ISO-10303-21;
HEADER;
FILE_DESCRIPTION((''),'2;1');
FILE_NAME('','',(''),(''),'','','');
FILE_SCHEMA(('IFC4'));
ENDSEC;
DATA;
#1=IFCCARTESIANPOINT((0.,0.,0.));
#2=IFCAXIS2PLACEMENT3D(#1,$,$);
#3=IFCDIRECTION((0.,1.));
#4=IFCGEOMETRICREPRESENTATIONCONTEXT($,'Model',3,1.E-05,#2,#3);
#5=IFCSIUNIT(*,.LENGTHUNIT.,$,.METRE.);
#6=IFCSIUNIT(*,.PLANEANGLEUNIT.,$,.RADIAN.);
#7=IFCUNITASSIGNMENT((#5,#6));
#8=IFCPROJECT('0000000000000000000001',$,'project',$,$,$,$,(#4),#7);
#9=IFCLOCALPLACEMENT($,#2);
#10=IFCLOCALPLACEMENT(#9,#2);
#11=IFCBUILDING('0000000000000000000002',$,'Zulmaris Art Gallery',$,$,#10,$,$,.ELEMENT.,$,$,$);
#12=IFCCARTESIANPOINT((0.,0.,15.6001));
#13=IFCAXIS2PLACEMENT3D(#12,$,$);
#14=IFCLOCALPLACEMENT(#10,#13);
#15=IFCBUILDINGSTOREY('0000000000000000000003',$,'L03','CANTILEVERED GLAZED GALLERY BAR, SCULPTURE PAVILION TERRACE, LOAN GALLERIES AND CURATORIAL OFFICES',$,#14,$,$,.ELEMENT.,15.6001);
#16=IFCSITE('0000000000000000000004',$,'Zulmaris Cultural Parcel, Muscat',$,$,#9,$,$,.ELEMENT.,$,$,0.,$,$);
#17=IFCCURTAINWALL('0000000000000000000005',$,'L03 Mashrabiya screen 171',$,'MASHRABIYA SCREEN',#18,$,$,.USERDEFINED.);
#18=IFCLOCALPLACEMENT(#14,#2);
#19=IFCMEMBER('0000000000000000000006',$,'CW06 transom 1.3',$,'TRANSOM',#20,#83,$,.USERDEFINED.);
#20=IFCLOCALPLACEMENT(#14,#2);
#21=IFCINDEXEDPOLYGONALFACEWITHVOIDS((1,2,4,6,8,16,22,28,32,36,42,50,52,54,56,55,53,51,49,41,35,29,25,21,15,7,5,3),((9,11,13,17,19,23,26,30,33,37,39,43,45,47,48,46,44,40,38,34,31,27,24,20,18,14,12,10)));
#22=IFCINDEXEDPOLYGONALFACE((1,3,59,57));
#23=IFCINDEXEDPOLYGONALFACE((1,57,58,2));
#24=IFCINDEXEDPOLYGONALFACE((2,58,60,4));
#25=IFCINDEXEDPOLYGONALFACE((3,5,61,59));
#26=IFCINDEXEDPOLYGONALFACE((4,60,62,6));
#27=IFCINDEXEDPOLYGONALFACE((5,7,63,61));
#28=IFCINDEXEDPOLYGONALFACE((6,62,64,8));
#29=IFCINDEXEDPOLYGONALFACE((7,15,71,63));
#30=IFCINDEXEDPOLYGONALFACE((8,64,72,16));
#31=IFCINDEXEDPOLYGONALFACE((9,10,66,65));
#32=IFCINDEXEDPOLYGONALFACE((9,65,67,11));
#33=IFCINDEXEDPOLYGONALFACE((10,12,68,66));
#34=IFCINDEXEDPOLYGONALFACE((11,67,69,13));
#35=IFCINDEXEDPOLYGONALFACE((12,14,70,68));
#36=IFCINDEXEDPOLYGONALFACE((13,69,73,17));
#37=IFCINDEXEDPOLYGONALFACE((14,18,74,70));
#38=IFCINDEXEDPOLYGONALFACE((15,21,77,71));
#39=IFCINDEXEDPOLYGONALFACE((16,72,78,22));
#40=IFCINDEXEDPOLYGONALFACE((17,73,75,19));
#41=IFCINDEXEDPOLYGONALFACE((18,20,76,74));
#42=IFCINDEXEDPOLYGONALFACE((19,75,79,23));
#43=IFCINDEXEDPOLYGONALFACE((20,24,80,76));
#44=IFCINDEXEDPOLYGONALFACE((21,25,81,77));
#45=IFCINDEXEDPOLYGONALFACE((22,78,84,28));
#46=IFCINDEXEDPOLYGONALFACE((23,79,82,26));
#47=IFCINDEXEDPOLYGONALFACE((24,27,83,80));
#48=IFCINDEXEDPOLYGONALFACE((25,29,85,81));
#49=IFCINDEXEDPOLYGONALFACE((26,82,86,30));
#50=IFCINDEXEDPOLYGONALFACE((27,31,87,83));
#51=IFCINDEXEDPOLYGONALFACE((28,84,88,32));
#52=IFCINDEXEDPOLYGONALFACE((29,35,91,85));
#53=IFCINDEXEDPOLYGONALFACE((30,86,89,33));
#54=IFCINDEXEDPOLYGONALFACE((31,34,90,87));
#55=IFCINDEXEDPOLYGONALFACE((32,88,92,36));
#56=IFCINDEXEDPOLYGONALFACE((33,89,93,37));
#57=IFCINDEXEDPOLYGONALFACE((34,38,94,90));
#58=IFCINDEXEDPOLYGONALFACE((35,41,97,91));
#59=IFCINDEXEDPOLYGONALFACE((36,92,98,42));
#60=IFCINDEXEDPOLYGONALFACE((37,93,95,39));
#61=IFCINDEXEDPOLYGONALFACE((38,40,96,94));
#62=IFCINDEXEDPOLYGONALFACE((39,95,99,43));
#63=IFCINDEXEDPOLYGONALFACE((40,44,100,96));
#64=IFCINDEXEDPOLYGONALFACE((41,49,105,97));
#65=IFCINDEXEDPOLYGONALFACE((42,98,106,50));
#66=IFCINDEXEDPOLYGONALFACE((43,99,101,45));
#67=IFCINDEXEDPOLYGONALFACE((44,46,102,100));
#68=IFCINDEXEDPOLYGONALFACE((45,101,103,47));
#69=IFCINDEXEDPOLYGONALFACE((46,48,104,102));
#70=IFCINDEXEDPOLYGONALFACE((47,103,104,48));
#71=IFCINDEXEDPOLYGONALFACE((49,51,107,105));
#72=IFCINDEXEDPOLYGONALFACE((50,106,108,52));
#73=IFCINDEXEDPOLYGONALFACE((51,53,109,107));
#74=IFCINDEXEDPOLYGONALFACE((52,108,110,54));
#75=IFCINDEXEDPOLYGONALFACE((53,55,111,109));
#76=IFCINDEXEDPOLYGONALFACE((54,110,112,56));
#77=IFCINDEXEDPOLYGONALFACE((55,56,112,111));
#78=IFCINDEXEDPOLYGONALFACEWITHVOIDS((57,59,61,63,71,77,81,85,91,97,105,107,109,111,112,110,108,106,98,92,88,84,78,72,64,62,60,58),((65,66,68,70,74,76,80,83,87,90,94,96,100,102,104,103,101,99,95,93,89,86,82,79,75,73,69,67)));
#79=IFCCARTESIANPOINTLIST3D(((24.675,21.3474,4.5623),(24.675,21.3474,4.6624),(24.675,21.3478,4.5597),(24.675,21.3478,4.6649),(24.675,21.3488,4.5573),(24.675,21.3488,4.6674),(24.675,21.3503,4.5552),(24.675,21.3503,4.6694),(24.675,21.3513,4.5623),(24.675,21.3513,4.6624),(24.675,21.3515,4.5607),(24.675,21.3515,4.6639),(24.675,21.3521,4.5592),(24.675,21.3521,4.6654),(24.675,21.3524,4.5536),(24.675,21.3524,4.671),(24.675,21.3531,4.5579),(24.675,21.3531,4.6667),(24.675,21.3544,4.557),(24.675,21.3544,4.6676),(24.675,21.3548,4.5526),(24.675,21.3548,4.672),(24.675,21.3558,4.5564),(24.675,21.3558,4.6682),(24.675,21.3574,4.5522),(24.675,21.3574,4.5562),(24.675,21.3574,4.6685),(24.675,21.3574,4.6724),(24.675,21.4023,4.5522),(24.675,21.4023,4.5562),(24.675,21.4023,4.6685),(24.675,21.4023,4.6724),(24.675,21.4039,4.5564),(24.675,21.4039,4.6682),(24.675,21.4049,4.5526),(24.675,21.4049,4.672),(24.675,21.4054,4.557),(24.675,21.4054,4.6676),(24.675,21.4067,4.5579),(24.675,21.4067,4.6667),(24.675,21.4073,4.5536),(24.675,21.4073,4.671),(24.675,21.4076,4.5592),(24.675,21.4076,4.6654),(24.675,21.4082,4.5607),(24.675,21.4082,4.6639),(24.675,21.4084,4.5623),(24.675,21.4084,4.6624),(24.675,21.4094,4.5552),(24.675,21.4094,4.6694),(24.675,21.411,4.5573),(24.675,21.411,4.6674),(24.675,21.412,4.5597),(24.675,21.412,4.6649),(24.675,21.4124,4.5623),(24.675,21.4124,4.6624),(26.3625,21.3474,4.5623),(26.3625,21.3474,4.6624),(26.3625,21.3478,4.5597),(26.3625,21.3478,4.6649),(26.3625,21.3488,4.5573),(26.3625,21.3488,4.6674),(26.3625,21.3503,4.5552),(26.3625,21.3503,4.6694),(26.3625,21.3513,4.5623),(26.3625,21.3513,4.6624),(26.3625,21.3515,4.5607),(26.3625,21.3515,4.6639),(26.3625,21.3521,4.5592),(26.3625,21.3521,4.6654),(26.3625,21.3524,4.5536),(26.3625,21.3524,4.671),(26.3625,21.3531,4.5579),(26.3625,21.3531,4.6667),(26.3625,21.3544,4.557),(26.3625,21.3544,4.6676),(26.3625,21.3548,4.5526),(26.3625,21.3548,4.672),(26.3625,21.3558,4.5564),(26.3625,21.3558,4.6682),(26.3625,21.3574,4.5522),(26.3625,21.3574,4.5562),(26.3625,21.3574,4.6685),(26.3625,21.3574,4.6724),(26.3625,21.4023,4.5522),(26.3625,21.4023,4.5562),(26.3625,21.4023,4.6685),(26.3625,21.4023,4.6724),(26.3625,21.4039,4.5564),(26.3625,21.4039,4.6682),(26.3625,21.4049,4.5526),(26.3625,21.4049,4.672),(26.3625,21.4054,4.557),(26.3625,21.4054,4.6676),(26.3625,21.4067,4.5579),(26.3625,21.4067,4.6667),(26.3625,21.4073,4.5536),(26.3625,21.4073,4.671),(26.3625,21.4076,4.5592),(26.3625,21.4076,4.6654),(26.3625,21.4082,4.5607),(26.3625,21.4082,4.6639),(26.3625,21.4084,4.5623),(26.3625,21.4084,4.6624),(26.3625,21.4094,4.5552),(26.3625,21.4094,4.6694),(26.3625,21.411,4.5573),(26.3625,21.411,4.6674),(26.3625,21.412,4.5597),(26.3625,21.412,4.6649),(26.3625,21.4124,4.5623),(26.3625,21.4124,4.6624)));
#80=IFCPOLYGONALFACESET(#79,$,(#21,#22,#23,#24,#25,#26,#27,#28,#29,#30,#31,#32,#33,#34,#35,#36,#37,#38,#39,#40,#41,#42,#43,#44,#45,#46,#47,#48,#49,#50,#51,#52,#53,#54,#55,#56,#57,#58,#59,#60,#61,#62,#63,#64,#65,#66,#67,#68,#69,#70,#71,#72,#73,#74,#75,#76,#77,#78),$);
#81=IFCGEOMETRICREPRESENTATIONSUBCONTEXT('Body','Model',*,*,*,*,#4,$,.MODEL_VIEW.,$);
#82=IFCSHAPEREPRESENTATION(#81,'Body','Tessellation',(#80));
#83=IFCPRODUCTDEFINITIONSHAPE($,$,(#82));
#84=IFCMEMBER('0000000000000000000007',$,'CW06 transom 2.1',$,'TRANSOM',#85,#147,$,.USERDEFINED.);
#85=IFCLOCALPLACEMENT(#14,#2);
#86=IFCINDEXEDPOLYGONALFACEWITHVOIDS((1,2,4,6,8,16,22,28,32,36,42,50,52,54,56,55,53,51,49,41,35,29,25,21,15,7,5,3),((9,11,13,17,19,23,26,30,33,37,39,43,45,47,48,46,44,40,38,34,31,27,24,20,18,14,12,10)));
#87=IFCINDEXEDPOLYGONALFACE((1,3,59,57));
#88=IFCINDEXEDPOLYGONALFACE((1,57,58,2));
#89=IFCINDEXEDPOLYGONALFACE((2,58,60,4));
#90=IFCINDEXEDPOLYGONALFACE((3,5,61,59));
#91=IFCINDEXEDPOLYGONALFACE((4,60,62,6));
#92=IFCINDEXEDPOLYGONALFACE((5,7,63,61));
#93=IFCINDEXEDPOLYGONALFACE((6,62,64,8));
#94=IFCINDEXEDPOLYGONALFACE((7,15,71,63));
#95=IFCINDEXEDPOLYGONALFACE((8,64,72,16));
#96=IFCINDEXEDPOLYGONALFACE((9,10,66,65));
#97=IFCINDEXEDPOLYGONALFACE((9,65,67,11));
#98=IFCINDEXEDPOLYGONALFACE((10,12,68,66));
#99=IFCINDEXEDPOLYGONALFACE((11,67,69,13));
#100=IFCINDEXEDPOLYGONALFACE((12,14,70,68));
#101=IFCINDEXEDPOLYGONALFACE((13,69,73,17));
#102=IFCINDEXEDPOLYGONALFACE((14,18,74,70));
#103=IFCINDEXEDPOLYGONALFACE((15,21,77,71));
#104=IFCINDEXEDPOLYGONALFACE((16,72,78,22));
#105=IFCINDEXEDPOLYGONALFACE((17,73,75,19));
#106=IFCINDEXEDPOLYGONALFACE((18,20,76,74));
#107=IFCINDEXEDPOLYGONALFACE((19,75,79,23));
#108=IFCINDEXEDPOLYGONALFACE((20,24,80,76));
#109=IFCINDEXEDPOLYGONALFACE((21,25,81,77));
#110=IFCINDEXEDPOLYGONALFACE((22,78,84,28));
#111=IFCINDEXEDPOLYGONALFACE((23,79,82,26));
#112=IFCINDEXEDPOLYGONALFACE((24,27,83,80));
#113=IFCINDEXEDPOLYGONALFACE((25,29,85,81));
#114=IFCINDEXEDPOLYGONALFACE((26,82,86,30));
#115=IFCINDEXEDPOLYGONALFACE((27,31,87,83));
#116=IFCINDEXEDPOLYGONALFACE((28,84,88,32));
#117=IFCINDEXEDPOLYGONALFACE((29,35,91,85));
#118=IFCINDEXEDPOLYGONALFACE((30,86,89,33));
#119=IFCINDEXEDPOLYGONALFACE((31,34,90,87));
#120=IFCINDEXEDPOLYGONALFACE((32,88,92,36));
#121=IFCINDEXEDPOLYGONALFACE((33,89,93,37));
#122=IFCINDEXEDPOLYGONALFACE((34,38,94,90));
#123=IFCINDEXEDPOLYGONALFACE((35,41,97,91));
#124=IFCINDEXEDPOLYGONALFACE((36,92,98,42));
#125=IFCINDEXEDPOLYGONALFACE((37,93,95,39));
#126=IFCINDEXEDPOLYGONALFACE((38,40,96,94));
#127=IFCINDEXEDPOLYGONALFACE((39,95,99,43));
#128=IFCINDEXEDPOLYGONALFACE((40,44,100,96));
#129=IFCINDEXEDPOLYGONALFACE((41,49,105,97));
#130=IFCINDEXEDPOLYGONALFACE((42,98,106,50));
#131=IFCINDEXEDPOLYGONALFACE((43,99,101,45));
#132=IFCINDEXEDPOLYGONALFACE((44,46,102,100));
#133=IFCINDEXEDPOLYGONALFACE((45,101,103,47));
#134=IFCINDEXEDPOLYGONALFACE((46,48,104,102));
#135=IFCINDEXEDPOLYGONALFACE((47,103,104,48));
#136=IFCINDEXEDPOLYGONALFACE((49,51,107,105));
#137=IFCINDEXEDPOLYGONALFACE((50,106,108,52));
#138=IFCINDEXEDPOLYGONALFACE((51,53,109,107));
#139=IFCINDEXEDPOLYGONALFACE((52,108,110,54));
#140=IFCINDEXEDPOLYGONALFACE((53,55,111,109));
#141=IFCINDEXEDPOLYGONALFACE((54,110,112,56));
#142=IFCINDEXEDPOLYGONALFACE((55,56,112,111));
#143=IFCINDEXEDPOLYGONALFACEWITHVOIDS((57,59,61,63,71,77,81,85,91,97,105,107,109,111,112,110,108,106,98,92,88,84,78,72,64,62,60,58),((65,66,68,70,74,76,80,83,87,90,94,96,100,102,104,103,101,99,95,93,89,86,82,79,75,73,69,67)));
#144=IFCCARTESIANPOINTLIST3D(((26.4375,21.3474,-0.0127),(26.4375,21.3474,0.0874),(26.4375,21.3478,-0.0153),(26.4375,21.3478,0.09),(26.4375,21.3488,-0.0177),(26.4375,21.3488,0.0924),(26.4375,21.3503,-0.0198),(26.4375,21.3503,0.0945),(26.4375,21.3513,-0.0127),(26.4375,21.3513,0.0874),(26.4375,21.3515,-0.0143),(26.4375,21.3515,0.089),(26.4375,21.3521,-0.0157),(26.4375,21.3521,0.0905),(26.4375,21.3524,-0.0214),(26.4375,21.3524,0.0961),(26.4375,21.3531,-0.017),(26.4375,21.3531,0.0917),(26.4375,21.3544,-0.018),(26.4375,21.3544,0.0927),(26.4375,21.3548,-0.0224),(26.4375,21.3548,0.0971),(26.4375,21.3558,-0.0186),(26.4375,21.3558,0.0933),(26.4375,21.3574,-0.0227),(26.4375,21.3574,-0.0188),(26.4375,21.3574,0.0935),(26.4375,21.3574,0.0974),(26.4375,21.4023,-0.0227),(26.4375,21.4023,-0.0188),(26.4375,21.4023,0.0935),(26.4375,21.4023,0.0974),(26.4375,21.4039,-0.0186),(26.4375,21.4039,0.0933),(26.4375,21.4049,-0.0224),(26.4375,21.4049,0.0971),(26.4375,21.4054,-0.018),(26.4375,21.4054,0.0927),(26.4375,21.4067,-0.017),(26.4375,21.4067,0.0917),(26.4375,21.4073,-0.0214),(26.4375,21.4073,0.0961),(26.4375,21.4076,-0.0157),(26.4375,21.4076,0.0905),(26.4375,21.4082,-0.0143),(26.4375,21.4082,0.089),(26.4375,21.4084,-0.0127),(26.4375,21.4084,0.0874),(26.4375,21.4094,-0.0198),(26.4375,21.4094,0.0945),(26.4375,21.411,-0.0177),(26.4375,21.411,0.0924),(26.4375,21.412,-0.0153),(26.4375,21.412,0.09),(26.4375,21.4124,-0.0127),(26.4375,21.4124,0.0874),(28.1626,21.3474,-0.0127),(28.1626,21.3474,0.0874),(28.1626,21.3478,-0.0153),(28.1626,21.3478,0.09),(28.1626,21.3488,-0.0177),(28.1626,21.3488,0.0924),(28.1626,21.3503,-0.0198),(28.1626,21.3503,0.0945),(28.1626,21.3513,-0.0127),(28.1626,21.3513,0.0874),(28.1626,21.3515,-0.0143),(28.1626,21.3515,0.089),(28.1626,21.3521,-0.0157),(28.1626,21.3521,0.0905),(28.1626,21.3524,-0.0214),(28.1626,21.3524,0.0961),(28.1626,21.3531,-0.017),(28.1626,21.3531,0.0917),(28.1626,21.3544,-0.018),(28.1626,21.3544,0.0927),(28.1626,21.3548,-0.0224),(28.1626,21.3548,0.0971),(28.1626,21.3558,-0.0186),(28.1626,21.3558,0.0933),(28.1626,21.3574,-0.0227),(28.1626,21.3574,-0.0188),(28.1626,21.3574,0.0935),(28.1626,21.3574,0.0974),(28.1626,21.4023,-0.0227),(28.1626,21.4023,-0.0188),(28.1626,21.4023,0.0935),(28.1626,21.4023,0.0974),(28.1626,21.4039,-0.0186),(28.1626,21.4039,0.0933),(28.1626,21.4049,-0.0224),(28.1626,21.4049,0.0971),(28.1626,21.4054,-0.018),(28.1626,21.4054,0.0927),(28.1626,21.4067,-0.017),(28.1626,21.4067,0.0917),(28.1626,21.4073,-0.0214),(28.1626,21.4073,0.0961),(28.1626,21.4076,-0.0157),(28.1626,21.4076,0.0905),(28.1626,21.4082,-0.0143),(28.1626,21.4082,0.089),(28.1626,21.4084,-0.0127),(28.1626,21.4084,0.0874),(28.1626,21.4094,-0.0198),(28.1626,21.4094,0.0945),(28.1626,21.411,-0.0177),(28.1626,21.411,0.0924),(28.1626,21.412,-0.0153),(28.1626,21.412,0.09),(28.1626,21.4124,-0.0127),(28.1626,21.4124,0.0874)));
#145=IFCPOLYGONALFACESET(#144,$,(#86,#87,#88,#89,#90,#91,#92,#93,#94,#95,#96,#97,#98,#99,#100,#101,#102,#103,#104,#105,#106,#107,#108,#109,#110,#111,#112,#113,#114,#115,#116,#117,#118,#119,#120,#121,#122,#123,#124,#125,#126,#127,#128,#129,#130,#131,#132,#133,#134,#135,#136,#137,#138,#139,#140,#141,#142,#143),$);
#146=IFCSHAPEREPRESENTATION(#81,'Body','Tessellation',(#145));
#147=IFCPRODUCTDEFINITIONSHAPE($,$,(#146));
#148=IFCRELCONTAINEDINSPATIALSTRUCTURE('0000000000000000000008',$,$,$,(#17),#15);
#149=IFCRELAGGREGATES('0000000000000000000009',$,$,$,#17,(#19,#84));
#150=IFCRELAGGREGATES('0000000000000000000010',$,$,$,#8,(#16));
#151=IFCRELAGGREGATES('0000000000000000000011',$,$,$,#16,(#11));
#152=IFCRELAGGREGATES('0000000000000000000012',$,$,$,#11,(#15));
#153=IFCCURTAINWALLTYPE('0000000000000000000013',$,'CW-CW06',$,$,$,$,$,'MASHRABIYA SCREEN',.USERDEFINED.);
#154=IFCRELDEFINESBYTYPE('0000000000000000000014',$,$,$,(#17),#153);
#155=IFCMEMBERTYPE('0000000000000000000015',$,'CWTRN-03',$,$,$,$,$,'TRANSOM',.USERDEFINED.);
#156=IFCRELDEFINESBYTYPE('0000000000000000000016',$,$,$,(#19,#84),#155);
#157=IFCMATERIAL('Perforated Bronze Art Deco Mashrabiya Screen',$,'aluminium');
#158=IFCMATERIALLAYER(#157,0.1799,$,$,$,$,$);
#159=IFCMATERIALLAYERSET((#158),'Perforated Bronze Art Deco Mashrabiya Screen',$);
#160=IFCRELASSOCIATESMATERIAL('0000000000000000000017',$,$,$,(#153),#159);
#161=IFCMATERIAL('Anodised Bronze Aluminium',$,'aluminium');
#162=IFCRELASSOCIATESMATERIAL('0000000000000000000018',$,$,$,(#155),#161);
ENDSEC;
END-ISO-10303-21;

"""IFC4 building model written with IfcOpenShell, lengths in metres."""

from ifc_helpers import new_model, si_unit, direction, frame, origin, origin_2d, place, context, subcontext, project, spatial, hollow_rectangle, extrude, material, layer, layer_set, material_profile, profile_set, type_object, element, aggregate, save


model = new_model("IFC4")

# Units and contexts
model_context = context("Model", 3, precision=1e-05, world=origin(), true_north=direction((0.0, 1.0)))
body_context = subcontext(model_context, "Body", "Model", "MODEL_VIEW")
ifc_project = project(units=[si_unit("LENGTHUNIT", "METRE"), si_unit("PLANEANGLEUNIT", "RADIAN")], contexts=[model_context])

# Site, building, storey
site_placement = place(None, origin())
site = spatial("IfcSite", under=ifc_project, at=site_placement, Name="Zulmaris Cultural Parcel, Muscat", CompositionType="ELEMENT", RefElevation=0.0)
building_placement = place(site_placement, origin())
building = spatial("IfcBuilding", under=site, at=building_placement, Name="Zulmaris Art Gallery", CompositionType="ELEMENT")
storey_placement = place(building_placement, frame((0.0, 0.0, 15.6001)))
storey = spatial("IfcBuildingStorey", under=building, at=storey_placement, Name="L03", Description="CANTILEVERED GLAZED GALLERY BAR, SCULPTURE PAVILION TERRACE, LOAN GALLERIES AND CURATORIAL OFFICES", CompositionType="ELEMENT", Elevation=15.6001)

# Shared definitions
ifc_material_1 = material(Name="Anodised Bronze Aluminium", Category="aluminium")

# Curtain wall
ifc_material_2 = material(Name="Perforated Bronze Art Deco Mashrabiya Screen", Category="aluminium")
ifc_layer_1 = layer(ifc_material_2, 0.1799)
ifc_layer_set_1 = layer_set([ifc_layer_1], Name="Perforated Bronze Art Deco Mashrabiya Screen")
curtain_wall_type_1 = type_object("IfcCurtainWallType", Name="CW-CW06", ElementType="MASHRABIYA SCREEN", PredefinedType="USERDEFINED", material=ifc_layer_set_1)
curtain_wall_1_placement = place(storey_placement, origin())
curtain_wall_1 = element("IfcCurtainWall", 1, at=curtain_wall_1_placement, inside=storey, type_object=curtain_wall_type_1, Name="L03 Mashrabiya screen 171", ObjectType="MASHRABIYA SCREEN", PredefinedType="USERDEFINED")

# Members
ifc_material_profile_1 = material_profile(ifc_material_1, hollow_rectangle(XDim=0.0649, YDim=0.1201, WallThickness=0.0039, InnerFilletRadius=0.0061, OuterFilletRadius=0.01, at=origin_2d()), Name="ALU 65x120x4")
ifc_profile_set_1 = profile_set([ifc_material_profile_1], Name="Anodised Bronze Aluminium")
member_type_1 = type_object("IfcMemberType", Name="CWTRN-03", ElementType="TRANSOM", PredefinedType="USERDEFINED", material=ifc_profile_set_1)
member_1_placement = place(storey_placement, frame((24.675, 21.3799, 4.6123), z_axis=(1.0, 0.0, 0.0), x_axis=(0.0, 1.0, 0.0)))
member_1 = element("IfcMember", 2, at=member_1_placement, type_object=member_type_1, Name="CW06 transom 1.3", ObjectType="TRANSOM", PredefinedType="USERDEFINED", context=body_context, shape_type="SweptSolid", body=[
    extrude(hollow_rectangle(XDim=0.0649, YDim=0.1201, WallThickness=0.0039, InnerFilletRadius=0.0061, OuterFilletRadius=0.01, at=origin_2d()), origin(), (0.0, 0.0, 1.0), 1.6875),
])
member_2_placement = place(storey_placement, frame((26.4375, 21.3799, 0.0374), z_axis=(1.0, 0.0, 0.0), x_axis=(0.0, 1.0, 0.0)))
member_2 = element("IfcMember", 3, at=member_2_placement, type_object=member_type_1, Name="CW06 transom 2.1", ObjectType="TRANSOM", PredefinedType="USERDEFINED", context=body_context, shape_type="SweptSolid", body=[
    extrude(hollow_rectangle(XDim=0.0649, YDim=0.1201, WallThickness=0.0039, InnerFilletRadius=0.0061, OuterFilletRadius=0.01, at=origin_2d()), origin(), (0.0, 0.0, 1.0), 1.7251),
])

aggregate(curtain_wall_1, [member_1, member_2])

save(model, "model.ifc")
